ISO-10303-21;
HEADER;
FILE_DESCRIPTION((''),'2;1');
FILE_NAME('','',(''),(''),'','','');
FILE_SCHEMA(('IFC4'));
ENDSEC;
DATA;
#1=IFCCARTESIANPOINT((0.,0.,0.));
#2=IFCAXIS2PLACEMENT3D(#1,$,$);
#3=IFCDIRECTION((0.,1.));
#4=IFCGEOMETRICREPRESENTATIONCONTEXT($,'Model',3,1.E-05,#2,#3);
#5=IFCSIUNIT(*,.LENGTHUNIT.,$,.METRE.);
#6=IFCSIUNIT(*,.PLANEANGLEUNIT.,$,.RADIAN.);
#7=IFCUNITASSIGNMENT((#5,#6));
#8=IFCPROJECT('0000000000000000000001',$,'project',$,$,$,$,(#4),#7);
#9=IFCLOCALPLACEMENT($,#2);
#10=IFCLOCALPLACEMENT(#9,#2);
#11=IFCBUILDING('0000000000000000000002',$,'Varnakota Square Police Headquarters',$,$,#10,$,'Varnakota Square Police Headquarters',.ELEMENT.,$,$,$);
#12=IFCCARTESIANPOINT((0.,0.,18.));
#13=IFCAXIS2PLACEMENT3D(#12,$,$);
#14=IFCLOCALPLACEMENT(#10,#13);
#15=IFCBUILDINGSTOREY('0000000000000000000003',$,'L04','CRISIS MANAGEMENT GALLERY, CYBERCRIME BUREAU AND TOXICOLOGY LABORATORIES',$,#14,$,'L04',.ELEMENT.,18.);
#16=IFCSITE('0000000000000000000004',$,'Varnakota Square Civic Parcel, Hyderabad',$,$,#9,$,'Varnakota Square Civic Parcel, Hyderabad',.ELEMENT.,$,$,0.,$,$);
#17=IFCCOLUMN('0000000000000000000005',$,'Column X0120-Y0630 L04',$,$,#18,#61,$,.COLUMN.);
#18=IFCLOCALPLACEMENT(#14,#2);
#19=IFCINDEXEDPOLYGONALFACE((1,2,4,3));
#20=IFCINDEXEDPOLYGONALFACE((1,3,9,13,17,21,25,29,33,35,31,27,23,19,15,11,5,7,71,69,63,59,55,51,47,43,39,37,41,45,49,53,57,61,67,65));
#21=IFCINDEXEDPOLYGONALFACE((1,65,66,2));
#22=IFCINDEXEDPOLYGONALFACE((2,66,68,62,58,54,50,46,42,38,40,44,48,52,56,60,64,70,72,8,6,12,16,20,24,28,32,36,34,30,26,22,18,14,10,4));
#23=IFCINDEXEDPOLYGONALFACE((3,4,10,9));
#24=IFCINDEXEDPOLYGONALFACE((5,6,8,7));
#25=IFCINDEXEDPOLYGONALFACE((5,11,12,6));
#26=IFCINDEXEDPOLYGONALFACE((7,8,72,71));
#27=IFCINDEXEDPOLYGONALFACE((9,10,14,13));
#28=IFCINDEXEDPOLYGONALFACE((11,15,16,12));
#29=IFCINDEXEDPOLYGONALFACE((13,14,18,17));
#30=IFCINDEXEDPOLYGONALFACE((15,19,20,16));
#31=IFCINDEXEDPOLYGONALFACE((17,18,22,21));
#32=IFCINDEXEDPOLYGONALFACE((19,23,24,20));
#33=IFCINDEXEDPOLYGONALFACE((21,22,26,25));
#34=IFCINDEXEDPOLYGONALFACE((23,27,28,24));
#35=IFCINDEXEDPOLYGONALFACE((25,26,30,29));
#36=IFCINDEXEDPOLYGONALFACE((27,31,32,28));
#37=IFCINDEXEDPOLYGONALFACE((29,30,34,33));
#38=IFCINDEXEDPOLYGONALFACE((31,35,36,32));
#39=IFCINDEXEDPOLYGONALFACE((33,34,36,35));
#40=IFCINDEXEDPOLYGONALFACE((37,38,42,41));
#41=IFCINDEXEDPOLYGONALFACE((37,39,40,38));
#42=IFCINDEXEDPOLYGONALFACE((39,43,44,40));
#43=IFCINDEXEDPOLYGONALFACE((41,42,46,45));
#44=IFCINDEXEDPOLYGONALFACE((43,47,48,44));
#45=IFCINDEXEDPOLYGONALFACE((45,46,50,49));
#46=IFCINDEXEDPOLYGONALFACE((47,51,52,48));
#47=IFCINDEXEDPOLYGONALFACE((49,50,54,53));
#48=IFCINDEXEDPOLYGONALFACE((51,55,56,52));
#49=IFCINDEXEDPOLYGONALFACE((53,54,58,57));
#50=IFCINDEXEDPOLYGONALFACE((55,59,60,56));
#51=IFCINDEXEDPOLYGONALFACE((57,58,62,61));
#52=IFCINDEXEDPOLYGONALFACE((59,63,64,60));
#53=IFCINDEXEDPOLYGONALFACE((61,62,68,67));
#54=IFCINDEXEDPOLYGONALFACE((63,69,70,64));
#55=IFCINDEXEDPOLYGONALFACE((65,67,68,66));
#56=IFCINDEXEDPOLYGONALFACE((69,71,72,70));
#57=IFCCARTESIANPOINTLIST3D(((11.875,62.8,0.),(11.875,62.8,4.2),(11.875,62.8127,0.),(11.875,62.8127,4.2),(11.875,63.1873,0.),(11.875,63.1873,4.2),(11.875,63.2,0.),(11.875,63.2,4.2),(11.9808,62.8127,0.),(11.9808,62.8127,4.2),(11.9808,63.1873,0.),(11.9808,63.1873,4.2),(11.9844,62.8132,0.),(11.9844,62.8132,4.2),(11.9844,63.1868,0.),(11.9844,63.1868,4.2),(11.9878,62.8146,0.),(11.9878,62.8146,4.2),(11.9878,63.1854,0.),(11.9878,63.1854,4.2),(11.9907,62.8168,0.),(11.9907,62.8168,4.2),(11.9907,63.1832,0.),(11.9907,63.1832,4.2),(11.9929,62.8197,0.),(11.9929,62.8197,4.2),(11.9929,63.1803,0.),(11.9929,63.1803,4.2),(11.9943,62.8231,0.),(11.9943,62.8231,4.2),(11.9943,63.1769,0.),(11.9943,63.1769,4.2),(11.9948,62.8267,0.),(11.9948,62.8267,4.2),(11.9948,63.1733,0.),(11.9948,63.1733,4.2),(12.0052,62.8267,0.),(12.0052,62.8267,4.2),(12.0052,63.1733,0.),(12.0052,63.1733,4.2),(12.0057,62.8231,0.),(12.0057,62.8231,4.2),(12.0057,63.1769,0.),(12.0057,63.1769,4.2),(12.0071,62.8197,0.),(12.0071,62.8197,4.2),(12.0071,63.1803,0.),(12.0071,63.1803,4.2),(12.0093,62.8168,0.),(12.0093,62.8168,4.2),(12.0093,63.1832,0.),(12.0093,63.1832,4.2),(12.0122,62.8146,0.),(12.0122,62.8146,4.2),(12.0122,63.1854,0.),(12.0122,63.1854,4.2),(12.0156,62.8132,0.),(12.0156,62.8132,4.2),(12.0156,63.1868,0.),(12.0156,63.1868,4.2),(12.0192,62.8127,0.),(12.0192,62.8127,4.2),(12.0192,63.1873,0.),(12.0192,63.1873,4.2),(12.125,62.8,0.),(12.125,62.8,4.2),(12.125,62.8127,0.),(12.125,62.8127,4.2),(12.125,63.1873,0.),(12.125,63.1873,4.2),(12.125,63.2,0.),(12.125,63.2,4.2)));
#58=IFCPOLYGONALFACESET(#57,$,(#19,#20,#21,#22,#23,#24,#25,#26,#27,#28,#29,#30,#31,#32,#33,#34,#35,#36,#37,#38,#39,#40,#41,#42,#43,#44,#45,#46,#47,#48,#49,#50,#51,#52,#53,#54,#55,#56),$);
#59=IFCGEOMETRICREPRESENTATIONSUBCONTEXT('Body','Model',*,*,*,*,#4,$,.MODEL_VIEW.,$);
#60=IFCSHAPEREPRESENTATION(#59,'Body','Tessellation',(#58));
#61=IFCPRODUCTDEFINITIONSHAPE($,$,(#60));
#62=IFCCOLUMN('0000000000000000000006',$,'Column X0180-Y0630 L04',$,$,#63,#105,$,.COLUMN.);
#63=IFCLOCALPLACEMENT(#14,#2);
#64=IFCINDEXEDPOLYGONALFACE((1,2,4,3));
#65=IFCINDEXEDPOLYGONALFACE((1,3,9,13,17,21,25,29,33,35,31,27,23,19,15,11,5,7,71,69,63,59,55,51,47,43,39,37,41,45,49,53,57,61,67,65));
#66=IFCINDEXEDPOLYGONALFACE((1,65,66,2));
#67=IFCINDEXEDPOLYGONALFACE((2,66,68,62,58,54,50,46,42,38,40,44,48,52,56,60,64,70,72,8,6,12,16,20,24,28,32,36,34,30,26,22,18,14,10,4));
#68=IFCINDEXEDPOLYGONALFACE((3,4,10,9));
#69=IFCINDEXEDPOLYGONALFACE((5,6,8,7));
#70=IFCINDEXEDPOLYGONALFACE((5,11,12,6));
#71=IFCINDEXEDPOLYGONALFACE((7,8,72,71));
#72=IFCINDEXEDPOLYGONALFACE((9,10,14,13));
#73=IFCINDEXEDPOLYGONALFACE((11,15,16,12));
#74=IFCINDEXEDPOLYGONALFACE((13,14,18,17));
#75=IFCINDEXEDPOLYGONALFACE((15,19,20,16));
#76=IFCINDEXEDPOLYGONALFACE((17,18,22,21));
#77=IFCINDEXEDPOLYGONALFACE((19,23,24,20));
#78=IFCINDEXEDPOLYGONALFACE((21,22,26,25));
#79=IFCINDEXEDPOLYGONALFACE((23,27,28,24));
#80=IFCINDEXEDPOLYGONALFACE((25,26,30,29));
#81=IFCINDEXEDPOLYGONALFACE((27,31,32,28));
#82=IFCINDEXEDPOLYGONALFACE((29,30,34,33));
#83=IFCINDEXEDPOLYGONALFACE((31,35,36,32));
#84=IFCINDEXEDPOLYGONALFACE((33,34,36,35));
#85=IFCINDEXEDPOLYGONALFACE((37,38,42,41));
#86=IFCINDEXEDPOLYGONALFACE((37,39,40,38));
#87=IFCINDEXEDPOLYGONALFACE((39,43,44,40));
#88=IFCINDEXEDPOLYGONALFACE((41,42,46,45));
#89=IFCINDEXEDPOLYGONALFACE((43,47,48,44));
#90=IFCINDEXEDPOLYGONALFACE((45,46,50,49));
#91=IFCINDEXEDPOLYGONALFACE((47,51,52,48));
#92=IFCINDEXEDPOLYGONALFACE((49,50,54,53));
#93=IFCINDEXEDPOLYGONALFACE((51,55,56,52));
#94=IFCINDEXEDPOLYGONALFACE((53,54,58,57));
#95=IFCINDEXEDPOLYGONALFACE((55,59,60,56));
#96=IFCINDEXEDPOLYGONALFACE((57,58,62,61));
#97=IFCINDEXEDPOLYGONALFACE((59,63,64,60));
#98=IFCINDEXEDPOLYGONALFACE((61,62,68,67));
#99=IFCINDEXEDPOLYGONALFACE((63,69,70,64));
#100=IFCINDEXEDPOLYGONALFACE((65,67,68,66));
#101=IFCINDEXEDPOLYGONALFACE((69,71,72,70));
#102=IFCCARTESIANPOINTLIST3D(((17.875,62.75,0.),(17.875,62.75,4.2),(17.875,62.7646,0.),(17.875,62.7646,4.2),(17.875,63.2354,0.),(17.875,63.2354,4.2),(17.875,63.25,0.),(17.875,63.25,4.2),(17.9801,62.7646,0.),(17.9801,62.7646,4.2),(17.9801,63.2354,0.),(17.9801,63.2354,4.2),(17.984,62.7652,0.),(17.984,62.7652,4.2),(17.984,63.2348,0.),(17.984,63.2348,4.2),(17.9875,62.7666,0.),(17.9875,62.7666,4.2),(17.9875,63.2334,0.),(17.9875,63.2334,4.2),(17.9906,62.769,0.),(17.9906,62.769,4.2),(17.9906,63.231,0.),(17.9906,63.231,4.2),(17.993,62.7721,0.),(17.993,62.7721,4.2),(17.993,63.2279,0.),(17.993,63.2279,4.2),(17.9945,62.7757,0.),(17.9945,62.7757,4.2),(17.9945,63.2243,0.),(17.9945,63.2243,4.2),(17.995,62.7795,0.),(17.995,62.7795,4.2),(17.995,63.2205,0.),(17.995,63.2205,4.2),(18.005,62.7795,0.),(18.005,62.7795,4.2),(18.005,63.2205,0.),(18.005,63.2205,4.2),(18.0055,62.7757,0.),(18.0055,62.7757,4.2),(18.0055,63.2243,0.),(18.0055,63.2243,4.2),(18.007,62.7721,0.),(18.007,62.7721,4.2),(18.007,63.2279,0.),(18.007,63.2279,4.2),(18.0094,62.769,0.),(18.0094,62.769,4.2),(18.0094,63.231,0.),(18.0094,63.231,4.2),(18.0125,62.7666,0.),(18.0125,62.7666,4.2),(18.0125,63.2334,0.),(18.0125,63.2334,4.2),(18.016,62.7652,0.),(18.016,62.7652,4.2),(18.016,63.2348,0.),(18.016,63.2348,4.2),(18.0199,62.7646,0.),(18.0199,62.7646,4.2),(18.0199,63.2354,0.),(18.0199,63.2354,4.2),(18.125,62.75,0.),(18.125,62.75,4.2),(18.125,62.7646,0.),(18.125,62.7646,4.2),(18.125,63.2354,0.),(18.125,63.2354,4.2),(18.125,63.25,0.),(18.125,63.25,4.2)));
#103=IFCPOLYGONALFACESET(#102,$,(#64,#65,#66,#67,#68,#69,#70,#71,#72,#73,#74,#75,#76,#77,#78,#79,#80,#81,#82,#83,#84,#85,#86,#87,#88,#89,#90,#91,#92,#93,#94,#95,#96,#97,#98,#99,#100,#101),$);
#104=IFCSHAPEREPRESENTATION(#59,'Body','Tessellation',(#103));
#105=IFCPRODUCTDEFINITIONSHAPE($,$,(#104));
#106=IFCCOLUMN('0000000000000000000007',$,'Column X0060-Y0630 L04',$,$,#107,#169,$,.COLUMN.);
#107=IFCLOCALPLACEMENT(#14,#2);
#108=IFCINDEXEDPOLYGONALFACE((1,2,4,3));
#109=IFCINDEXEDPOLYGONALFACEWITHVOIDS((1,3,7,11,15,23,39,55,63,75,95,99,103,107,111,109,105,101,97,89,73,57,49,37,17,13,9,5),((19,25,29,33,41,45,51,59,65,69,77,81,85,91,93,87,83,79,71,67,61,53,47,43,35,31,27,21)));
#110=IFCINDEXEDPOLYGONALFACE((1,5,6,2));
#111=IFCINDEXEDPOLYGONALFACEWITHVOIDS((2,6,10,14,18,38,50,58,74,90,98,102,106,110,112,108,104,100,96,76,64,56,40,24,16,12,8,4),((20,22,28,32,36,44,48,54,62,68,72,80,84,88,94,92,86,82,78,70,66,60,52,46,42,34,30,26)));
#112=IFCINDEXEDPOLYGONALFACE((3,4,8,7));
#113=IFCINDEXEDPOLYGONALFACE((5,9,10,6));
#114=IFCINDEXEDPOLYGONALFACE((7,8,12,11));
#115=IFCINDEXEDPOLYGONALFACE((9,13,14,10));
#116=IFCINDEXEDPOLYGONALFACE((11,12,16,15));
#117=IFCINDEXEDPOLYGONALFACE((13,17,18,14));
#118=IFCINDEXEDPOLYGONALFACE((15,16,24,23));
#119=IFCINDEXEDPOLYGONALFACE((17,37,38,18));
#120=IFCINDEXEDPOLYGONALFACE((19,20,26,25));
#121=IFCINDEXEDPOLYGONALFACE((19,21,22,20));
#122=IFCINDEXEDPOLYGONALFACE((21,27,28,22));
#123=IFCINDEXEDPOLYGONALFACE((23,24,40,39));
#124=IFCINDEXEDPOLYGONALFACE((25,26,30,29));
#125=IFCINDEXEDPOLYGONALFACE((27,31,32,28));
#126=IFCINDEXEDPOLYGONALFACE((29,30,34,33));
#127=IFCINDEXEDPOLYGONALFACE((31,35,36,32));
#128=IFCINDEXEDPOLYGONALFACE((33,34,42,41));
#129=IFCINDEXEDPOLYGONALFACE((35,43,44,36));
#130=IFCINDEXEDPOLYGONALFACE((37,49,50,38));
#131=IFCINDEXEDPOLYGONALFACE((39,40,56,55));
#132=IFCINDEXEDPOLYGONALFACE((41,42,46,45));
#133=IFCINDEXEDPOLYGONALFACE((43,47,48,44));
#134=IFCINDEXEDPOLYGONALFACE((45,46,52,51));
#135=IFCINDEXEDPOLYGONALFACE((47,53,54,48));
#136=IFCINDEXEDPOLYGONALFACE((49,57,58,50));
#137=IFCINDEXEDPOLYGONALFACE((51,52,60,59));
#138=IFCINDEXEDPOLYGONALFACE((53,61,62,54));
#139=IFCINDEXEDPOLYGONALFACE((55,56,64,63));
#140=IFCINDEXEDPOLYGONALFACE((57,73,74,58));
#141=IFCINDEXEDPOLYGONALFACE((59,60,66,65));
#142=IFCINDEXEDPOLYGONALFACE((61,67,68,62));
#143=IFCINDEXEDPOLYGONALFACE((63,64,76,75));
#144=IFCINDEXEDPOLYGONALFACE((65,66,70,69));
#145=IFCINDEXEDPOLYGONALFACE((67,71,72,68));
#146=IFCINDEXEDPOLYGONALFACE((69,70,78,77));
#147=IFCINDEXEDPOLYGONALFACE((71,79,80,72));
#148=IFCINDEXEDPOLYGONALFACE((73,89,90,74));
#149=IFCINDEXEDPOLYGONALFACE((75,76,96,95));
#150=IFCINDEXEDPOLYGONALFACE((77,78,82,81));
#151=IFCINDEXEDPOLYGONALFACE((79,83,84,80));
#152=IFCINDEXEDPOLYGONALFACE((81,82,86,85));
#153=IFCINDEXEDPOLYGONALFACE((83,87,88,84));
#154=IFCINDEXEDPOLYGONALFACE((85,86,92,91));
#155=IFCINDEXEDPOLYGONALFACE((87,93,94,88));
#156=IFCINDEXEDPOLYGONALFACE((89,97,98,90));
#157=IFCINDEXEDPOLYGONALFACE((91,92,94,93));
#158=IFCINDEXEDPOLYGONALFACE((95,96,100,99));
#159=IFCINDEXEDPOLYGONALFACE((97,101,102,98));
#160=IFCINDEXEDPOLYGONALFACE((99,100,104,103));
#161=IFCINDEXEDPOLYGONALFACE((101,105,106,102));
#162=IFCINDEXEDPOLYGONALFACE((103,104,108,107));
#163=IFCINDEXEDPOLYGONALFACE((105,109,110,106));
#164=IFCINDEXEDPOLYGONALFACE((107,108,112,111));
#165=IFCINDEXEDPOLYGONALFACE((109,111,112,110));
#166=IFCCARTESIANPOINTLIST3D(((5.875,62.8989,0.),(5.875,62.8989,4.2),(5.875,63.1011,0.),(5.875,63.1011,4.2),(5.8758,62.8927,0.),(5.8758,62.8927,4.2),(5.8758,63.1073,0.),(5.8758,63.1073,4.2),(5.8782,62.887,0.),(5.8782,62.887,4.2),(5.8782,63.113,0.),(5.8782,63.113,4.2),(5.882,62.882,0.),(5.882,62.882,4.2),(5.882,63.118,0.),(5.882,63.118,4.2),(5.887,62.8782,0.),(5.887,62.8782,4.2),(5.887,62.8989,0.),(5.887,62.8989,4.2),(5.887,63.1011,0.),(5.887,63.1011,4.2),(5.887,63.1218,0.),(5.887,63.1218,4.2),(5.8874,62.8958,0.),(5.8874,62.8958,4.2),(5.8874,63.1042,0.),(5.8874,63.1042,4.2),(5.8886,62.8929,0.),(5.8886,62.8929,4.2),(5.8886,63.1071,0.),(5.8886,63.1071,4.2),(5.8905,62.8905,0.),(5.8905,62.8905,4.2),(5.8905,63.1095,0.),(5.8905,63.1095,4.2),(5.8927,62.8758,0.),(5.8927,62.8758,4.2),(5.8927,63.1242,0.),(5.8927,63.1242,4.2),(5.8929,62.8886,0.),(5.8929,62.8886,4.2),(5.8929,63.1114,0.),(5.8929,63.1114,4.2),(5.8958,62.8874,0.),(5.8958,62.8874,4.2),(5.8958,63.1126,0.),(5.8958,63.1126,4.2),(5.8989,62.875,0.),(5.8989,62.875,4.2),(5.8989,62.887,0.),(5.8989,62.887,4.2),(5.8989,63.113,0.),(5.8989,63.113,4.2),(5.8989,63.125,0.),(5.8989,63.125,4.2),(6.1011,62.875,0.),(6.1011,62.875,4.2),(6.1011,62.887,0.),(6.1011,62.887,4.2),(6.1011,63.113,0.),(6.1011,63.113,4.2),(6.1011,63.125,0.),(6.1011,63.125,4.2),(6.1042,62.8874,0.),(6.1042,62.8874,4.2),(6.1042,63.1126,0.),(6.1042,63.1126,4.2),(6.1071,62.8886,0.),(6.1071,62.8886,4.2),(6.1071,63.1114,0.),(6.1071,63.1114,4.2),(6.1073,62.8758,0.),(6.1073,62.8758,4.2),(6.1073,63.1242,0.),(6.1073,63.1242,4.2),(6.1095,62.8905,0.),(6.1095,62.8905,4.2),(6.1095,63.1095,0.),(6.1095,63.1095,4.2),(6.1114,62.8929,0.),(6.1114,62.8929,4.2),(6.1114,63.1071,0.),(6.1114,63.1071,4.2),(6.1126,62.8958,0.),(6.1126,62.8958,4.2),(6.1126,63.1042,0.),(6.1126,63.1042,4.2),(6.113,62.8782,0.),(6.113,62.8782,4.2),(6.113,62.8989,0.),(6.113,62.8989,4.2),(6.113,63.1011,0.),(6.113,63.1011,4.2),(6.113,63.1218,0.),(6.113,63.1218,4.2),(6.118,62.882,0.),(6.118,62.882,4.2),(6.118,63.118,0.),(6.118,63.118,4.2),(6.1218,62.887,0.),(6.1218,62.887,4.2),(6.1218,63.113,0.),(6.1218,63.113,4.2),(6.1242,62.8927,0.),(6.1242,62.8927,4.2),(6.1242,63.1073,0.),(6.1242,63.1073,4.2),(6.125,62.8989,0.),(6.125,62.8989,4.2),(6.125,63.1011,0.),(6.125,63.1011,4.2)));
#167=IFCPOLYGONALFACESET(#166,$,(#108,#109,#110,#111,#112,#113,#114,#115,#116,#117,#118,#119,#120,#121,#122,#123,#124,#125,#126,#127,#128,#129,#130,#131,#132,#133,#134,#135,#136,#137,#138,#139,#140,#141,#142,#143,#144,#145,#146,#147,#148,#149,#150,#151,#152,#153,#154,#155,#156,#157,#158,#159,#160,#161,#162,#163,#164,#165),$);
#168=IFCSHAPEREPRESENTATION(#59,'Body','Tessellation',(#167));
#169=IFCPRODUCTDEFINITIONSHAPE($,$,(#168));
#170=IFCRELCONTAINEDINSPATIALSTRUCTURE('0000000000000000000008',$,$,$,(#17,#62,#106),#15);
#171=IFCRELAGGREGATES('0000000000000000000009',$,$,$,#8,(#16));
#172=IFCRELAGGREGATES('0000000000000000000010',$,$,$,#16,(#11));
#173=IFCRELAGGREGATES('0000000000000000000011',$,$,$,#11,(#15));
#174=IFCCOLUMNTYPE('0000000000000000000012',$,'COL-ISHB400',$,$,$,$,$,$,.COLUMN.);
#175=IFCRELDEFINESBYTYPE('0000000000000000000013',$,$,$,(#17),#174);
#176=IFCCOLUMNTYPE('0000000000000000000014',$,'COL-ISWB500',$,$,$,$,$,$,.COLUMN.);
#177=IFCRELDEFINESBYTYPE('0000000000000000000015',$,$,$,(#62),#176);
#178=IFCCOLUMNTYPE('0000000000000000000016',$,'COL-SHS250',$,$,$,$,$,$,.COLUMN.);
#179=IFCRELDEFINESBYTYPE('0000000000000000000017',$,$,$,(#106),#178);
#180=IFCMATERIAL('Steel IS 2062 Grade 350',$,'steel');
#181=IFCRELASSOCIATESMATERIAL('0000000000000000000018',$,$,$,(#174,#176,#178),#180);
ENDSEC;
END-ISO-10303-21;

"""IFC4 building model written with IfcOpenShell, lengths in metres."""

from ifc_helpers import new_model, si_unit, direction, frame, origin, origin_2d, place, context, subcontext, project, spatial, hollow_rectangle, i_section, extrude, material, material_profile, profile_set, type_object, element, save


model = new_model("IFC4")

# Units and contexts
model_context = context("Model", 3, precision=1e-05, world=origin(), true_north=direction((0.0, 1.0)))
body_context = subcontext(model_context, "Body", "Model", "MODEL_VIEW")
ifc_project = project(units=[si_unit("LENGTHUNIT", "METRE"), si_unit("PLANEANGLEUNIT", "RADIAN")], contexts=[model_context])

# Site, building, storey
site_placement = place(None, origin())
site = spatial("IfcSite", under=ifc_project, at=site_placement, Name="Varnakota Square Civic Parcel, Hyderabad", LongName="Varnakota Square Civic Parcel, Hyderabad", CompositionType="ELEMENT", RefElevation=0.0)
building_placement = place(site_placement, origin())
building = spatial("IfcBuilding", under=site, at=building_placement, Name="Varnakota Square Police Headquarters", LongName="Varnakota Square Police Headquarters", CompositionType="ELEMENT")
storey_placement = place(building_placement, frame((0.0, 0.0, 18.0)))
storey = spatial("IfcBuildingStorey", under=building, at=storey_placement, Name="L04", Description="CRISIS MANAGEMENT GALLERY, CYBERCRIME BUREAU AND TOXICOLOGY LABORATORIES", LongName="L04", CompositionType="ELEMENT", Elevation=18.0)

# Columns
ifc_material_1 = material(Name="Steel IS 2062 Grade 350", Category="steel")
ifc_material_profile_1 = material_profile(ifc_material_1, i_section(OverallWidth=0.25, OverallDepth=0.3999, WebThickness=0.0105, FlangeThickness=0.0127, FilletRadius=0.0139, at=origin_2d()), Name="ISHB 400")
ifc_profile_set_1 = profile_set([ifc_material_profile_1], Name="Steel IS 2062 Grade 350")
column_type_1 = type_object("IfcColumnType", Name="COL-ISHB400", PredefinedType="COLUMN", material=ifc_profile_set_1)
column_1_placement = place(storey_placement, frame((12.0, 63.0, 0.0), z_axis=(0.0, 0.0, 1.0), x_axis=(1.0, 0.0, 0.0)))
element("IfcColumn", 1, at=column_1_placement, inside=storey, type_object=column_type_1, Name="Column X0120-Y0630 L04", PredefinedType="COLUMN", context=body_context, shape_type="SweptSolid", body=[
    extrude(i_section(OverallWidth=0.25, OverallDepth=0.3999, WebThickness=0.0105, FlangeThickness=0.0127, FilletRadius=0.0139, at=origin_2d()), origin(), (0.0, 0.0, 1.0), 4.2),
])
ifc_material_profile_2 = material_profile(ifc_material_1, i_section(OverallWidth=0.25, OverallDepth=0.5, WebThickness=0.01, FlangeThickness=0.0146, FilletRadius=0.0149, at=origin_2d()), Name="ISWB 500")
ifc_profile_set_2 = profile_set([ifc_material_profile_2], Name="Steel IS 2062 Grade 350")
column_type_2 = type_object("IfcColumnType", Name="COL-ISWB500", PredefinedType="COLUMN", material=ifc_profile_set_2)
column_2_placement = place(storey_placement, frame((18.0, 63.0, 0.0), z_axis=(0.0, 0.0, 1.0), x_axis=(1.0, 0.0, 0.0)))
element("IfcColumn", 2, at=column_2_placement, inside=storey, type_object=column_type_2, Name="Column X0180-Y0630 L04", PredefinedType="COLUMN", context=body_context, shape_type="SweptSolid", body=[
    extrude(i_section(OverallWidth=0.25, OverallDepth=0.5, WebThickness=0.01, FlangeThickness=0.0146, FilletRadius=0.0149, at=origin_2d()), origin(), (0.0, 0.0, 1.0), 4.2),
])
ifc_material_profile_3 = material_profile(ifc_material_1, hollow_rectangle(XDim=0.25, YDim=0.25, WallThickness=0.012, InnerFilletRadius=0.012, OuterFilletRadius=0.0239, at=origin_2d()), Name="SHS 250x250x12")
ifc_profile_set_3 = profile_set([ifc_material_profile_3], Name="Steel IS 2062 Grade 350")
column_type_3 = type_object("IfcColumnType", Name="COL-SHS250", PredefinedType="COLUMN", material=ifc_profile_set_3)
column_3_placement = place(storey_placement, frame((6.0, 63.0, 0.0), z_axis=(0.0, 0.0, 1.0), x_axis=(1.0, 0.0, 0.0)))
element("IfcColumn", 3, at=column_3_placement, inside=storey, type_object=column_type_3, Name="Column X0060-Y0630 L04", PredefinedType="COLUMN", context=body_context, shape_type="SweptSolid", body=[
    extrude(hollow_rectangle(XDim=0.25, YDim=0.25, WallThickness=0.012, InnerFilletRadius=0.012, OuterFilletRadius=0.0239, at=origin_2d()), origin(), (0.0, 0.0, 1.0), 4.2),
])

save(model, "model.ifc")
